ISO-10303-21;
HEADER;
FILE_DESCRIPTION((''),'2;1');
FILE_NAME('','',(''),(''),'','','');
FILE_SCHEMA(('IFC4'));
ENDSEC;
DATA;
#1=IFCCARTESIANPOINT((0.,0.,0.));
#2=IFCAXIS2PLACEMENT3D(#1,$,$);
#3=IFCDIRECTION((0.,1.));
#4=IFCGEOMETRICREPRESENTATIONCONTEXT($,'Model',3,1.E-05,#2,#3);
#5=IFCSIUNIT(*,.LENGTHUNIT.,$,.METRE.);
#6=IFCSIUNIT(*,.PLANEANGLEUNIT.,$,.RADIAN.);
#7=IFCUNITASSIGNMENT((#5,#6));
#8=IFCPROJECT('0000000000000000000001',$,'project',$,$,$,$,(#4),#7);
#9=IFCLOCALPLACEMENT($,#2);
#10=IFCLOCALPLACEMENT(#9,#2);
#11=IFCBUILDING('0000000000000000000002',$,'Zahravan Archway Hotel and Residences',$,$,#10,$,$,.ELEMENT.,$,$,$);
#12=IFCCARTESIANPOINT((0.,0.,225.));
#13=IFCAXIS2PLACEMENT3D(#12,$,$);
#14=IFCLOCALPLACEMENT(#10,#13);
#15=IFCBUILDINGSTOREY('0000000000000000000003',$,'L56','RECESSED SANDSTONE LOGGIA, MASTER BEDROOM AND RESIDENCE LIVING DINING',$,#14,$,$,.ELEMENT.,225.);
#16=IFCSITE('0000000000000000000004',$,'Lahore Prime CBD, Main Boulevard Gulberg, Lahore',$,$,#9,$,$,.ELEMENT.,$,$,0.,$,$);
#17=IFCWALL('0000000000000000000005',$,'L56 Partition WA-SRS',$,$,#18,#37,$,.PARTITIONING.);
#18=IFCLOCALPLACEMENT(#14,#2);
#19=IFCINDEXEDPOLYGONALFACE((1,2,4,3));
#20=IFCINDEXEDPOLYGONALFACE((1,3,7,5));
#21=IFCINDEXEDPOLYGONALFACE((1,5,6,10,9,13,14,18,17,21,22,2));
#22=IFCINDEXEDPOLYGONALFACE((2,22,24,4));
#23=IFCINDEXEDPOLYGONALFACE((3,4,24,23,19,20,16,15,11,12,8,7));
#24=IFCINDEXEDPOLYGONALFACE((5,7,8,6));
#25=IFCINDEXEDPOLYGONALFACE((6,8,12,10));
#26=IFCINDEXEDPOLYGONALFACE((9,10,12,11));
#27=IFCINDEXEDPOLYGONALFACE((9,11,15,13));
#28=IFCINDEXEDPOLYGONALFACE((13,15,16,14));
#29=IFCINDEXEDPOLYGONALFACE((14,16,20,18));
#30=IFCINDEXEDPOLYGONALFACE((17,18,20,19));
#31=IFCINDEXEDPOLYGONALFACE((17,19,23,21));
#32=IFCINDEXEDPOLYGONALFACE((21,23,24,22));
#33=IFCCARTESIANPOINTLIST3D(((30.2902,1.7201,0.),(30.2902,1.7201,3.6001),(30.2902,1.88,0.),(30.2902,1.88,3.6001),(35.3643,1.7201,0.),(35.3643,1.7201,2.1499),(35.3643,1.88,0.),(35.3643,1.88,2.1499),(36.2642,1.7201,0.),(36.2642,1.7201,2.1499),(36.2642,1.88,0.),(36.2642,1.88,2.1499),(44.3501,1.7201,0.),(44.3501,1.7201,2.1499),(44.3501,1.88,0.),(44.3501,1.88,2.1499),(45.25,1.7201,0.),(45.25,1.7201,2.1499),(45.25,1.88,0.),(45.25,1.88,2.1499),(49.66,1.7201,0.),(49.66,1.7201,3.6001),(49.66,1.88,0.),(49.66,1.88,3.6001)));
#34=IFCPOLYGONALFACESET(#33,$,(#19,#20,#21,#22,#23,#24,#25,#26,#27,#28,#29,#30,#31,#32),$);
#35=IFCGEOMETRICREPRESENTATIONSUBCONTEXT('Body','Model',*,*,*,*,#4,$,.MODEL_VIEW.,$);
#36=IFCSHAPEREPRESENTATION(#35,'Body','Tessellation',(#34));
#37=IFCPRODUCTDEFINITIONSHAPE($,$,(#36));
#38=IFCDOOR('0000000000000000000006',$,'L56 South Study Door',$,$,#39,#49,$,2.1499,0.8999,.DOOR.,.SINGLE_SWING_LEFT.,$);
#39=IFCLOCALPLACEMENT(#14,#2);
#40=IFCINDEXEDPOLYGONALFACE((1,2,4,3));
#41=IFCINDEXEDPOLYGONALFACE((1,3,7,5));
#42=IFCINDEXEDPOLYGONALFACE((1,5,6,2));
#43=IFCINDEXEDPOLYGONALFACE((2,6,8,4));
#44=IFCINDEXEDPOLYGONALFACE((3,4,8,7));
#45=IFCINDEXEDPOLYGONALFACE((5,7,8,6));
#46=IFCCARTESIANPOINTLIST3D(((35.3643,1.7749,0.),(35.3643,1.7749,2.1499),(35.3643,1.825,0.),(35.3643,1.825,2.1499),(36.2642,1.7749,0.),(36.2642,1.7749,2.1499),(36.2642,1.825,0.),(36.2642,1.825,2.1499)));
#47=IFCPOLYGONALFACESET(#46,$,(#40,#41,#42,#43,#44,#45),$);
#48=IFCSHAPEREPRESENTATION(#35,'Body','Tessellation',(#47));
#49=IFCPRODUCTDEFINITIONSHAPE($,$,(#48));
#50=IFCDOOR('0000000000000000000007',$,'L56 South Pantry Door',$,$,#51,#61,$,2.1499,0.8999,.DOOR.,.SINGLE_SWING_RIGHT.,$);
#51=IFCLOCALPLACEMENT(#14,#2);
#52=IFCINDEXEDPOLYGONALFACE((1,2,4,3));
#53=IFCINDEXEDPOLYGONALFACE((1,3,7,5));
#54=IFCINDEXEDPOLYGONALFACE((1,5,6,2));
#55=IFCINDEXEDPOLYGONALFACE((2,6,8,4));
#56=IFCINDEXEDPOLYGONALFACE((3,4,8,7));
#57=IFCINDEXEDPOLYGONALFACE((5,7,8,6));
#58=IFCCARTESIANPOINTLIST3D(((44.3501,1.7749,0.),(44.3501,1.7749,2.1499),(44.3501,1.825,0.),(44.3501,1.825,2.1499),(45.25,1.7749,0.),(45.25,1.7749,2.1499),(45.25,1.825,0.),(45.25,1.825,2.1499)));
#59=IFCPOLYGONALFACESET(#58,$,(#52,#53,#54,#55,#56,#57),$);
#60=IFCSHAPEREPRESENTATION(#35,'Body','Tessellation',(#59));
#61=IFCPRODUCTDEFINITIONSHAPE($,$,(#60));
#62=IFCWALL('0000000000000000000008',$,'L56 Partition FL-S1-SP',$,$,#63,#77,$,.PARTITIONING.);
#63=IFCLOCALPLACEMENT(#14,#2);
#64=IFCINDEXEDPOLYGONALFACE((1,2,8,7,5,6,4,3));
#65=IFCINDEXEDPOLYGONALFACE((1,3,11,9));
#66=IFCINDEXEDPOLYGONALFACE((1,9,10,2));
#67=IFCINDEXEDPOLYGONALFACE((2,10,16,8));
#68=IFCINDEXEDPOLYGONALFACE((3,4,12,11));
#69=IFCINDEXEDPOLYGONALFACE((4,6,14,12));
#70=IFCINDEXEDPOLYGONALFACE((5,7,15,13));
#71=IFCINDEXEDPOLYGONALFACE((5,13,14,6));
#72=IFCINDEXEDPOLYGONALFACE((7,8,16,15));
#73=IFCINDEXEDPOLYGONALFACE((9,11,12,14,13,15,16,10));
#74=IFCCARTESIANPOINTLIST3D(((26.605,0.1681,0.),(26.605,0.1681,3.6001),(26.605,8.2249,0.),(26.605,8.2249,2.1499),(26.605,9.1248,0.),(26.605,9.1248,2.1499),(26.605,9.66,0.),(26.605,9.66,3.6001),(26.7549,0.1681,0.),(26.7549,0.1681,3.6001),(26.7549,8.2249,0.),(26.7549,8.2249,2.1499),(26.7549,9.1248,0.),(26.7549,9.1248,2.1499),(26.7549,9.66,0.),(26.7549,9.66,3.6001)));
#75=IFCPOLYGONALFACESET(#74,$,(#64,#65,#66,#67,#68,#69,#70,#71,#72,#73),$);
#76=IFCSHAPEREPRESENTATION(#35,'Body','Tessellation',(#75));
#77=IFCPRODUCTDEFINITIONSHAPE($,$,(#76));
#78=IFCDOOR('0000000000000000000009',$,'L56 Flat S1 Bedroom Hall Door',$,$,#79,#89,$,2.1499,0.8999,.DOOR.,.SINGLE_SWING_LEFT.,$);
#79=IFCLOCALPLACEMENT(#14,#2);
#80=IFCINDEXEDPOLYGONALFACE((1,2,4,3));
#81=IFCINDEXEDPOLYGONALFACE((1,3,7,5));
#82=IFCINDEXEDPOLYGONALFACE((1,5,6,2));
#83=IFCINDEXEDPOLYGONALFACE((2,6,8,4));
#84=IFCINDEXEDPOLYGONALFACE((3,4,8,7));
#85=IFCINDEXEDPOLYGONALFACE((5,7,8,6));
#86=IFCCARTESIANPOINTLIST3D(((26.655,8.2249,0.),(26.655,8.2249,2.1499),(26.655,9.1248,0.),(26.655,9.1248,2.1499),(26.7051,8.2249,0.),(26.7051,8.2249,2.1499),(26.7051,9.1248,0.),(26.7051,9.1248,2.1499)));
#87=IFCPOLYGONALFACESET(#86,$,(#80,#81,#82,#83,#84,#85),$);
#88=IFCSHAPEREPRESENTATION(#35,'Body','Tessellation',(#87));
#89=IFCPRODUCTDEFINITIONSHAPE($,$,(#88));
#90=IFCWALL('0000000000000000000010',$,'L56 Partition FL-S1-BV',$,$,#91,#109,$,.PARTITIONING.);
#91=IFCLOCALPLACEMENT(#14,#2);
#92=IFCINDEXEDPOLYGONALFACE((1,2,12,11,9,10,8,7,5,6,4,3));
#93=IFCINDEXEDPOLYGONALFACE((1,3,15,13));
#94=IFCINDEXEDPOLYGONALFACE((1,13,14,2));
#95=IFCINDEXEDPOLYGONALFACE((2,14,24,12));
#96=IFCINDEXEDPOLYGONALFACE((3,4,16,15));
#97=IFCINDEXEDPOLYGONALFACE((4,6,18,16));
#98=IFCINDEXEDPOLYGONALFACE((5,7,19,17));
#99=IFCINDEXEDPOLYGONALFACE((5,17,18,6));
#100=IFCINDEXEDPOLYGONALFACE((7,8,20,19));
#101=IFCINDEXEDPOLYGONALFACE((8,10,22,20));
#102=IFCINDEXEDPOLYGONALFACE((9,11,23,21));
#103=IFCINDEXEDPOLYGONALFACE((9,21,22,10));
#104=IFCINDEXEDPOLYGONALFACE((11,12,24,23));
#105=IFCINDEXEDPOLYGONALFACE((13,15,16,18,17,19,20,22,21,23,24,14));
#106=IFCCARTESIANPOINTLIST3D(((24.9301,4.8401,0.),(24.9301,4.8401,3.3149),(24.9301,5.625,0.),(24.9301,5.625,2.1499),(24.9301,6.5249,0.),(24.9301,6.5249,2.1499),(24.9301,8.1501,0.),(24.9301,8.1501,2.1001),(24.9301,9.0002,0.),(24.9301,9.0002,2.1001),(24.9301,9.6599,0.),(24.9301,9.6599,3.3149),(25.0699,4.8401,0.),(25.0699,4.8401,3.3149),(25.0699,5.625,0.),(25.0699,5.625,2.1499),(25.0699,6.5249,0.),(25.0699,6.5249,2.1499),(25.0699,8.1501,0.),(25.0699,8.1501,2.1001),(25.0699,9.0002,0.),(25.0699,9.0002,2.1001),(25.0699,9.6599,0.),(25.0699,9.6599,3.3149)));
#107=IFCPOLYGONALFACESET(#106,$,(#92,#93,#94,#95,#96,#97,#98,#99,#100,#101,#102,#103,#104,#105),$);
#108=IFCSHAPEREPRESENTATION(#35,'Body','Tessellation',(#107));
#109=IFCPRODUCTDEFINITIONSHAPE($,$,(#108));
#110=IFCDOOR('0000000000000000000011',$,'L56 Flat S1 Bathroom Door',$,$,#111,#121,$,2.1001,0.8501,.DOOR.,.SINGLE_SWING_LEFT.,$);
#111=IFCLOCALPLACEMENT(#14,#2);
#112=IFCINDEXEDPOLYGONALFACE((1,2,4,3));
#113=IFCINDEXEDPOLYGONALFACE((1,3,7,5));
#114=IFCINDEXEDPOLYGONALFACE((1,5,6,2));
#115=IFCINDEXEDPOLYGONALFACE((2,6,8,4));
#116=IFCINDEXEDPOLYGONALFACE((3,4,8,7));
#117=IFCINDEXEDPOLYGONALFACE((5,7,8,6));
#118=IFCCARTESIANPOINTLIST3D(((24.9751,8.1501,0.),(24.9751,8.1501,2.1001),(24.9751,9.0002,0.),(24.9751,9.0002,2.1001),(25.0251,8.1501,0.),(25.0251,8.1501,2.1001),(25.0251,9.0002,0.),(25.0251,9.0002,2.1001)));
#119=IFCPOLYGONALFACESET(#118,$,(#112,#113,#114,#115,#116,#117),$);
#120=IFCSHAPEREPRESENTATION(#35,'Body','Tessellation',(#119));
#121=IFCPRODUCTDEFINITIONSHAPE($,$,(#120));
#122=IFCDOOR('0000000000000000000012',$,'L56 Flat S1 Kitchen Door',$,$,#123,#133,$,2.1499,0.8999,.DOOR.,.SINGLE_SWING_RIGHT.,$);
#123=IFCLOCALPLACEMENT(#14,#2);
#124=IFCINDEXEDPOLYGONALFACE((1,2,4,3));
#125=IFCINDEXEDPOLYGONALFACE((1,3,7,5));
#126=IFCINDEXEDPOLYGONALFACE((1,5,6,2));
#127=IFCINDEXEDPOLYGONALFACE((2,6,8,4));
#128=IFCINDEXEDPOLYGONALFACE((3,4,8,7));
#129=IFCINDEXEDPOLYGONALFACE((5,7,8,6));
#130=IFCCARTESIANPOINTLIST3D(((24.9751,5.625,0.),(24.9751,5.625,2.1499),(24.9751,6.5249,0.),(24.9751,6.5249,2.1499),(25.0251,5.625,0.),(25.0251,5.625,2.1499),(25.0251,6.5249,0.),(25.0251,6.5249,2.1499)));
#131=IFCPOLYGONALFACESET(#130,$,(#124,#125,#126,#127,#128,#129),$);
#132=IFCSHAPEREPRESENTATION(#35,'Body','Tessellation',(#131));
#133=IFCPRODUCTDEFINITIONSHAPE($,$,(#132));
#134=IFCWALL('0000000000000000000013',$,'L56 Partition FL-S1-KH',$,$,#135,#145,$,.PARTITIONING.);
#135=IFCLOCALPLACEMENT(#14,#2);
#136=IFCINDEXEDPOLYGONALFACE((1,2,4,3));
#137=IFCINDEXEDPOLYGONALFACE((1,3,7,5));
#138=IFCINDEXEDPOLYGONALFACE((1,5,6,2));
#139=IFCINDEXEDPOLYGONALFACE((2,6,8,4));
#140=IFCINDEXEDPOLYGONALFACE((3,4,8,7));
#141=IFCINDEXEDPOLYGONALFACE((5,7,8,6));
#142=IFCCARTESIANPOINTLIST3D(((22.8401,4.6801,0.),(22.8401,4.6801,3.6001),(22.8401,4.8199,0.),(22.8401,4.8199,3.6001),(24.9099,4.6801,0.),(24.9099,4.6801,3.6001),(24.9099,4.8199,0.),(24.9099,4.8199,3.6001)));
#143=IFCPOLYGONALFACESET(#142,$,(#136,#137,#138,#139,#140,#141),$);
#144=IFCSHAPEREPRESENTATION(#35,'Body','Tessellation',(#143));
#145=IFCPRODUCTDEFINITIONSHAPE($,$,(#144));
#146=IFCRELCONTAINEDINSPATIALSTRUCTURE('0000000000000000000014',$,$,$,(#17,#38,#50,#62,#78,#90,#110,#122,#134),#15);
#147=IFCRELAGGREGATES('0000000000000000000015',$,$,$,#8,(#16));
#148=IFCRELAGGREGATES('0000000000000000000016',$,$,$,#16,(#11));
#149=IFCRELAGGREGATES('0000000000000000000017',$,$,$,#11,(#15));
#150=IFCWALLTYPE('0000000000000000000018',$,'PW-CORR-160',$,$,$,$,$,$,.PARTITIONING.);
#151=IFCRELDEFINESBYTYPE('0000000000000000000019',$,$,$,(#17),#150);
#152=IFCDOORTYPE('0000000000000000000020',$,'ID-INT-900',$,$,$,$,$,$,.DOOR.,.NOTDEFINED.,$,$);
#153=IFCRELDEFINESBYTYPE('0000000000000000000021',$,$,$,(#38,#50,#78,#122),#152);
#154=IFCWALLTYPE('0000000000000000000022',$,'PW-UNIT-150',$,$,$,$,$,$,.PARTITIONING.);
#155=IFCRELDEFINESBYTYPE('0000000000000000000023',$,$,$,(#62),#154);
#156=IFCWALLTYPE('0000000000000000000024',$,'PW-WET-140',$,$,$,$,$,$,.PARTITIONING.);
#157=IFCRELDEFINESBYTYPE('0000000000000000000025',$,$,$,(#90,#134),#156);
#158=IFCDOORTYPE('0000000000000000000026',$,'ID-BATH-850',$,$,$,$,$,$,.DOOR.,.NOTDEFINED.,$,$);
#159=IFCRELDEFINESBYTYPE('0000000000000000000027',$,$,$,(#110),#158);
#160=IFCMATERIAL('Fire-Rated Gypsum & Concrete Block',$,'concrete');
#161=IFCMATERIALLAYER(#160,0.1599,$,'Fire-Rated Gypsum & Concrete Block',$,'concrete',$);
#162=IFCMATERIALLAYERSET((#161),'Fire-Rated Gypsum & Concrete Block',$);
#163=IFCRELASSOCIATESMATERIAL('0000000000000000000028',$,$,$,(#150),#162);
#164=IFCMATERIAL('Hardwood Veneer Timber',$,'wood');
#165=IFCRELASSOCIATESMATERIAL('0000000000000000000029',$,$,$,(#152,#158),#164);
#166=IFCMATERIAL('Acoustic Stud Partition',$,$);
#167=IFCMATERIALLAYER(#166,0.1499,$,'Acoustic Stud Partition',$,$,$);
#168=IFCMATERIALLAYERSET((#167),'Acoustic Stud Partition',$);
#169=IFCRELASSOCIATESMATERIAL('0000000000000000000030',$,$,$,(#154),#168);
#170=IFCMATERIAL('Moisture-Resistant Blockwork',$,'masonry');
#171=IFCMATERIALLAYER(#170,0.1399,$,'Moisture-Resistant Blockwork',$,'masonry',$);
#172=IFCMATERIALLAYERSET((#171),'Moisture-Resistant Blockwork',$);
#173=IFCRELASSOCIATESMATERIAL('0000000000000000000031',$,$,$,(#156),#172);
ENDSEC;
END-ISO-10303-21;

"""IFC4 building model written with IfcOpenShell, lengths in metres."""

from ifc_helpers import new_model, si_unit, direction, frame, frame_2d, origin, place, context, subcontext, project, spatial, rectangle, extrude, source, transform, mapped, material, layer, layer_set, type_object, type_shapes, element, fill, save


model = new_model("IFC4")

# Units and contexts
model_context = context("Model", 3, precision=1e-05, world=origin(), true_north=direction((0.0, 1.0)))
body_context = subcontext(model_context, "Body", "Model", "MODEL_VIEW")
ifc_project = project(units=[si_unit("LENGTHUNIT", "METRE"), si_unit("PLANEANGLEUNIT", "RADIAN")], contexts=[model_context])

# Site, building, storey
site_placement = place(None, origin())
site = spatial("IfcSite", under=ifc_project, at=site_placement, Name="Lahore Prime CBD, Main Boulevard Gulberg, Lahore", CompositionType="ELEMENT", RefElevation=0.0)
building_placement = place(site_placement, origin())
building = spatial("IfcBuilding", under=site, at=building_placement, Name="Zahravan Archway Hotel and Residences", CompositionType="ELEMENT")
storey_placement = place(building_placement, frame((0.0, 0.0, 225.0)))
storey = spatial("IfcBuildingStorey", under=building, at=storey_placement, Name="L56", Description="RECESSED SANDSTONE LOGGIA, MASTER BEDROOM AND RESIDENCE LIVING DINING", CompositionType="ELEMENT", Elevation=225.0)

# Shared definitions
ifc_material_1 = material(Name="Fire-Rated Gypsum & Concrete Block", Category="concrete")

# Shared definitions
ifc_layer_1 = layer(ifc_material_1, 0.1599, Name="Fire-Rated Gypsum & Concrete Block", Category="concrete")
ifc_layer_set_1 = layer_set([ifc_layer_1], Name="Fire-Rated Gypsum & Concrete Block")
wall_type_1 = type_object("IfcWallType", Name="PW-CORR-160", PredefinedType="PARTITIONING", material=ifc_layer_set_1)

# Wall, openings, doors
wall_1_placement = place(storey_placement, frame((30.29, 1.8, 0.0), z_axis=(0.0, 0.0, 1.0), x_axis=(1.0, 0.0, 0.0)))
wall_1 = element("IfcWall", 1, at=wall_1_placement, inside=storey, type_object=wall_type_1, Name="L56 Partition WA-SRS", PredefinedType="PARTITIONING", context=body_context, shape_type="SweptSolid", body=[
    extrude(rectangle(XDim=19.3699, YDim=0.1599, at=frame_2d((9.6851, 0.0))), origin(), (0.0, 0.0, 1.0), 3.6001),
])
opening_1_placement = place(wall_1_placement, frame((5.0742, 0.0, 0.0)))
opening_1 = element("IfcOpeningElement", 2, at=opening_1_placement, cuts=wall_1, PredefinedType="OPENING", context=body_context, shape_type="SweptSolid", body=[
    extrude(rectangle(XDim=0.8999, YDim=2.1499, at=frame_2d((0.45, 1.075))), frame((0.0, 0.0898, 0.0), z_axis=(0.0, -1.0, 0.0), x_axis=(1.0, 0.0, 0.0)), (0.0, 0.0, 1.0), 0.1799),
])
opening_2_placement = place(wall_1_placement, frame((14.0601, 0.0, 0.0)))
opening_2 = element("IfcOpeningElement", 3, at=opening_2_placement, cuts=wall_1, PredefinedType="OPENING", context=body_context, shape_type="SweptSolid", body=[
    extrude(rectangle(XDim=0.8999, YDim=2.1499, at=frame_2d((0.45, 1.075))), frame((0.0, 0.0898, 0.0), z_axis=(0.0, -1.0, 0.0), x_axis=(1.0, 0.0, 0.0)), (0.0, 0.0, 1.0), 0.1799),
])
ifc_material_2 = material(Name="Hardwood Veneer Timber", Category="wood")
door_type_1 = type_object("IfcDoorType", Name="ID-INT-900", OperationType="NOTDEFINED", PredefinedType="DOOR", material=ifc_material_2)
shared_shape_1 = source(origin(), body_context, "Body", "SweptSolid", [
    extrude(rectangle(XDim=0.8999, YDim=2.1499, at=frame_2d((0.45, 1.075))), frame((0.0, 0.0249, 0.0), z_axis=(0.0, -1.0, 0.0), x_axis=(1.0, 0.0, 0.0)), (0.0, 0.0, 1.0), 0.05),
])
type_shapes(door_type_1, [shared_shape_1])
door_1_placement = place(opening_1_placement, origin())
door_1 = element("IfcDoor", 4, at=door_1_placement, inside=storey, type_object=door_type_1, Name="L56 South Study Door", OperationType="SINGLE_SWING_LEFT", OverallHeight=2.1499, OverallWidth=0.8999, PredefinedType="DOOR", context=body_context, shape_type="MappedRepresentation", body=[
    mapped(shared_shape_1, transform((0.0, 0.0, 0.0), scale=1.0)),
])
fill(opening_1, door_1)
door_2_placement = place(opening_2_placement, origin())
door_2 = element("IfcDoor", 5, at=door_2_placement, inside=storey, type_object=door_type_1, Name="L56 South Pantry Door", OperationType="SINGLE_SWING_RIGHT", OverallHeight=2.1499, OverallWidth=0.8999, PredefinedType="DOOR", context=body_context, shape_type="MappedRepresentation", body=[
    mapped(shared_shape_1, transform((0.0, 0.0, 0.0), scale=1.0)),
])
fill(opening_2, door_2)

# Wall, opening, door
ifc_material_3 = material(Name="Acoustic Stud Partition")
ifc_layer_2 = layer(ifc_material_3, 0.1499, Name="Acoustic Stud Partition")
ifc_layer_set_2 = layer_set([ifc_layer_2], Name="Acoustic Stud Partition")
wall_type_2 = type_object("IfcWallType", Name="PW-UNIT-150", PredefinedType="PARTITIONING", material=ifc_layer_set_2)
wall_2_placement = place(storey_placement, frame((26.6799, 0.168, 0.0), z_axis=(0.0, 0.0, 1.0), x_axis=(0.0, 1.0, 0.0)))
wall_2 = element("IfcWall", 6, at=wall_2_placement, inside=storey, type_object=wall_type_2, Name="L56 Partition FL-S1-SP", PredefinedType="PARTITIONING", context=body_context, shape_type="SweptSolid", body=[
    extrude(rectangle(XDim=9.4919, YDim=0.1499, at=frame_2d((4.7461, 0.0))), origin(), (0.0, 0.0, 1.0), 3.6001),
])
opening_3_placement = place(wall_2_placement, frame((8.0569, 0.0, 0.0)))
opening_3 = element("IfcOpeningElement", 7, at=opening_3_placement, cuts=wall_2, PredefinedType="OPENING", context=body_context, shape_type="SweptSolid", body=[
    extrude(rectangle(XDim=0.8999, YDim=2.1499, at=frame_2d((0.45, 1.075))), frame((0.0, 0.085, 0.0), z_axis=(0.0, -1.0, 0.0), x_axis=(1.0, 0.0, 0.0)), (0.0, 0.0, 1.0), 0.1699),
])
door_3_placement = place(opening_3_placement, origin())
door_3 = element("IfcDoor", 8, at=door_3_placement, inside=storey, type_object=door_type_1, Name="L56 Flat S1 Bedroom Hall Door", OperationType="SINGLE_SWING_LEFT", OverallHeight=2.1499, OverallWidth=0.8999, PredefinedType="DOOR", context=body_context, shape_type="MappedRepresentation", body=[
    mapped(shared_shape_1, transform((0.0, 0.0, 0.0), scale=1.0)),
])
fill(opening_3, door_3)

# Wall, openings, doors
ifc_material_4 = material(Name="Moisture-Resistant Blockwork", Category="masonry")
ifc_layer_3 = layer(ifc_material_4, 0.1399, Name="Moisture-Resistant Blockwork", Category="masonry")
ifc_layer_set_3 = layer_set([ifc_layer_3], Name="Moisture-Resistant Blockwork")
wall_type_3 = type_object("IfcWallType", Name="PW-WET-140", PredefinedType="PARTITIONING", material=ifc_layer_set_3)
wall_3_placement = place(storey_placement, frame((25.0, 4.8401, 0.0), z_axis=(0.0, 0.0, 1.0), x_axis=(0.0, 1.0, 0.0)))
wall_3 = element("IfcWall", 9, at=wall_3_placement, inside=storey, type_object=wall_type_3, Name="L56 Partition FL-S1-BV", PredefinedType="PARTITIONING", context=body_context, shape_type="SweptSolid", body=[
    extrude(rectangle(XDim=4.8198, YDim=0.1399, at=frame_2d((2.4099, 0.0))), origin(), (0.0, 0.0, 1.0), 3.3149),
])
opening_4_placement = place(wall_3_placement, frame((0.7849, 0.0, 0.0)))
opening_4 = element("IfcOpeningElement", 10, at=opening_4_placement, cuts=wall_3, PredefinedType="OPENING", context=body_context, shape_type="SweptSolid", body=[
    extrude(rectangle(XDim=0.8999, YDim=2.1499, at=frame_2d((0.45, 1.075))), frame((0.0, 0.0801, 0.0), z_axis=(0.0, -1.0, 0.0), x_axis=(1.0, 0.0, 0.0)), (0.0, 0.0, 1.0), 0.1599),
])
opening_5_placement = place(wall_3_placement, frame((3.3101, 0.0, 0.0)))
opening_5 = element("IfcOpeningElement", 11, at=opening_5_placement, cuts=wall_3, PredefinedType="OPENING", context=body_context, shape_type="SweptSolid", body=[
    extrude(rectangle(XDim=0.8501, YDim=2.1001, at=frame_2d((0.425, 1.05))), frame((0.0, 0.0801, 0.0), z_axis=(0.0, -1.0, 0.0), x_axis=(1.0, 0.0, 0.0)), (0.0, 0.0, 1.0), 0.1599),
])
door_type_2 = type_object("IfcDoorType", Name="ID-BATH-850", OperationType="NOTDEFINED", PredefinedType="DOOR", material=ifc_material_2)
shared_shape_2 = source(origin(), body_context, "Body", "SweptSolid", [
    extrude(rectangle(XDim=0.8501, YDim=2.1001, at=frame_2d((0.425, 1.05))), frame((0.0, 0.0249, 0.0), z_axis=(0.0, -1.0, 0.0), x_axis=(1.0, 0.0, 0.0)), (0.0, 0.0, 1.0), 0.05),
])
type_shapes(door_type_2, [shared_shape_2])
door_4_placement = place(opening_5_placement, origin())
door_4 = element("IfcDoor", 12, at=door_4_placement, inside=storey, type_object=door_type_2, Name="L56 Flat S1 Bathroom Door", OperationType="SINGLE_SWING_LEFT", OverallHeight=2.1001, OverallWidth=0.8501, PredefinedType="DOOR", context=body_context, shape_type="MappedRepresentation", body=[
    mapped(shared_shape_2, transform((0.0, 0.0, 0.0), scale=1.0)),
])
fill(opening_5, door_4)
door_5_placement = place(opening_4_placement, origin())
door_5 = element("IfcDoor", 13, at=door_5_placement, inside=storey, type_object=door_type_1, Name="L56 Flat S1 Kitchen Door", OperationType="SINGLE_SWING_RIGHT", OverallHeight=2.1499, OverallWidth=0.8999, PredefinedType="DOOR", context=body_context, shape_type="MappedRepresentation", body=[
    mapped(shared_shape_1, transform((0.0, 0.0, 0.0), scale=1.0)),
])
fill(opening_4, door_5)

# Wall
wall_4_placement = place(storey_placement, frame((22.8401, 4.75, 0.0), z_axis=(0.0, 0.0, 1.0), x_axis=(1.0, 0.0, 0.0)))
element("IfcWall", 14, at=wall_4_placement, inside=storey, type_object=wall_type_3, Name="L56 Partition FL-S1-KH", PredefinedType="PARTITIONING", context=body_context, shape_type="SweptSolid", body=[
    extrude(rectangle(XDim=2.0698, YDim=0.1399, at=frame_2d((1.0349, 0.0))), origin(), (0.0, 0.0, 1.0), 3.6001),
])

save(model, "model.ifc")
